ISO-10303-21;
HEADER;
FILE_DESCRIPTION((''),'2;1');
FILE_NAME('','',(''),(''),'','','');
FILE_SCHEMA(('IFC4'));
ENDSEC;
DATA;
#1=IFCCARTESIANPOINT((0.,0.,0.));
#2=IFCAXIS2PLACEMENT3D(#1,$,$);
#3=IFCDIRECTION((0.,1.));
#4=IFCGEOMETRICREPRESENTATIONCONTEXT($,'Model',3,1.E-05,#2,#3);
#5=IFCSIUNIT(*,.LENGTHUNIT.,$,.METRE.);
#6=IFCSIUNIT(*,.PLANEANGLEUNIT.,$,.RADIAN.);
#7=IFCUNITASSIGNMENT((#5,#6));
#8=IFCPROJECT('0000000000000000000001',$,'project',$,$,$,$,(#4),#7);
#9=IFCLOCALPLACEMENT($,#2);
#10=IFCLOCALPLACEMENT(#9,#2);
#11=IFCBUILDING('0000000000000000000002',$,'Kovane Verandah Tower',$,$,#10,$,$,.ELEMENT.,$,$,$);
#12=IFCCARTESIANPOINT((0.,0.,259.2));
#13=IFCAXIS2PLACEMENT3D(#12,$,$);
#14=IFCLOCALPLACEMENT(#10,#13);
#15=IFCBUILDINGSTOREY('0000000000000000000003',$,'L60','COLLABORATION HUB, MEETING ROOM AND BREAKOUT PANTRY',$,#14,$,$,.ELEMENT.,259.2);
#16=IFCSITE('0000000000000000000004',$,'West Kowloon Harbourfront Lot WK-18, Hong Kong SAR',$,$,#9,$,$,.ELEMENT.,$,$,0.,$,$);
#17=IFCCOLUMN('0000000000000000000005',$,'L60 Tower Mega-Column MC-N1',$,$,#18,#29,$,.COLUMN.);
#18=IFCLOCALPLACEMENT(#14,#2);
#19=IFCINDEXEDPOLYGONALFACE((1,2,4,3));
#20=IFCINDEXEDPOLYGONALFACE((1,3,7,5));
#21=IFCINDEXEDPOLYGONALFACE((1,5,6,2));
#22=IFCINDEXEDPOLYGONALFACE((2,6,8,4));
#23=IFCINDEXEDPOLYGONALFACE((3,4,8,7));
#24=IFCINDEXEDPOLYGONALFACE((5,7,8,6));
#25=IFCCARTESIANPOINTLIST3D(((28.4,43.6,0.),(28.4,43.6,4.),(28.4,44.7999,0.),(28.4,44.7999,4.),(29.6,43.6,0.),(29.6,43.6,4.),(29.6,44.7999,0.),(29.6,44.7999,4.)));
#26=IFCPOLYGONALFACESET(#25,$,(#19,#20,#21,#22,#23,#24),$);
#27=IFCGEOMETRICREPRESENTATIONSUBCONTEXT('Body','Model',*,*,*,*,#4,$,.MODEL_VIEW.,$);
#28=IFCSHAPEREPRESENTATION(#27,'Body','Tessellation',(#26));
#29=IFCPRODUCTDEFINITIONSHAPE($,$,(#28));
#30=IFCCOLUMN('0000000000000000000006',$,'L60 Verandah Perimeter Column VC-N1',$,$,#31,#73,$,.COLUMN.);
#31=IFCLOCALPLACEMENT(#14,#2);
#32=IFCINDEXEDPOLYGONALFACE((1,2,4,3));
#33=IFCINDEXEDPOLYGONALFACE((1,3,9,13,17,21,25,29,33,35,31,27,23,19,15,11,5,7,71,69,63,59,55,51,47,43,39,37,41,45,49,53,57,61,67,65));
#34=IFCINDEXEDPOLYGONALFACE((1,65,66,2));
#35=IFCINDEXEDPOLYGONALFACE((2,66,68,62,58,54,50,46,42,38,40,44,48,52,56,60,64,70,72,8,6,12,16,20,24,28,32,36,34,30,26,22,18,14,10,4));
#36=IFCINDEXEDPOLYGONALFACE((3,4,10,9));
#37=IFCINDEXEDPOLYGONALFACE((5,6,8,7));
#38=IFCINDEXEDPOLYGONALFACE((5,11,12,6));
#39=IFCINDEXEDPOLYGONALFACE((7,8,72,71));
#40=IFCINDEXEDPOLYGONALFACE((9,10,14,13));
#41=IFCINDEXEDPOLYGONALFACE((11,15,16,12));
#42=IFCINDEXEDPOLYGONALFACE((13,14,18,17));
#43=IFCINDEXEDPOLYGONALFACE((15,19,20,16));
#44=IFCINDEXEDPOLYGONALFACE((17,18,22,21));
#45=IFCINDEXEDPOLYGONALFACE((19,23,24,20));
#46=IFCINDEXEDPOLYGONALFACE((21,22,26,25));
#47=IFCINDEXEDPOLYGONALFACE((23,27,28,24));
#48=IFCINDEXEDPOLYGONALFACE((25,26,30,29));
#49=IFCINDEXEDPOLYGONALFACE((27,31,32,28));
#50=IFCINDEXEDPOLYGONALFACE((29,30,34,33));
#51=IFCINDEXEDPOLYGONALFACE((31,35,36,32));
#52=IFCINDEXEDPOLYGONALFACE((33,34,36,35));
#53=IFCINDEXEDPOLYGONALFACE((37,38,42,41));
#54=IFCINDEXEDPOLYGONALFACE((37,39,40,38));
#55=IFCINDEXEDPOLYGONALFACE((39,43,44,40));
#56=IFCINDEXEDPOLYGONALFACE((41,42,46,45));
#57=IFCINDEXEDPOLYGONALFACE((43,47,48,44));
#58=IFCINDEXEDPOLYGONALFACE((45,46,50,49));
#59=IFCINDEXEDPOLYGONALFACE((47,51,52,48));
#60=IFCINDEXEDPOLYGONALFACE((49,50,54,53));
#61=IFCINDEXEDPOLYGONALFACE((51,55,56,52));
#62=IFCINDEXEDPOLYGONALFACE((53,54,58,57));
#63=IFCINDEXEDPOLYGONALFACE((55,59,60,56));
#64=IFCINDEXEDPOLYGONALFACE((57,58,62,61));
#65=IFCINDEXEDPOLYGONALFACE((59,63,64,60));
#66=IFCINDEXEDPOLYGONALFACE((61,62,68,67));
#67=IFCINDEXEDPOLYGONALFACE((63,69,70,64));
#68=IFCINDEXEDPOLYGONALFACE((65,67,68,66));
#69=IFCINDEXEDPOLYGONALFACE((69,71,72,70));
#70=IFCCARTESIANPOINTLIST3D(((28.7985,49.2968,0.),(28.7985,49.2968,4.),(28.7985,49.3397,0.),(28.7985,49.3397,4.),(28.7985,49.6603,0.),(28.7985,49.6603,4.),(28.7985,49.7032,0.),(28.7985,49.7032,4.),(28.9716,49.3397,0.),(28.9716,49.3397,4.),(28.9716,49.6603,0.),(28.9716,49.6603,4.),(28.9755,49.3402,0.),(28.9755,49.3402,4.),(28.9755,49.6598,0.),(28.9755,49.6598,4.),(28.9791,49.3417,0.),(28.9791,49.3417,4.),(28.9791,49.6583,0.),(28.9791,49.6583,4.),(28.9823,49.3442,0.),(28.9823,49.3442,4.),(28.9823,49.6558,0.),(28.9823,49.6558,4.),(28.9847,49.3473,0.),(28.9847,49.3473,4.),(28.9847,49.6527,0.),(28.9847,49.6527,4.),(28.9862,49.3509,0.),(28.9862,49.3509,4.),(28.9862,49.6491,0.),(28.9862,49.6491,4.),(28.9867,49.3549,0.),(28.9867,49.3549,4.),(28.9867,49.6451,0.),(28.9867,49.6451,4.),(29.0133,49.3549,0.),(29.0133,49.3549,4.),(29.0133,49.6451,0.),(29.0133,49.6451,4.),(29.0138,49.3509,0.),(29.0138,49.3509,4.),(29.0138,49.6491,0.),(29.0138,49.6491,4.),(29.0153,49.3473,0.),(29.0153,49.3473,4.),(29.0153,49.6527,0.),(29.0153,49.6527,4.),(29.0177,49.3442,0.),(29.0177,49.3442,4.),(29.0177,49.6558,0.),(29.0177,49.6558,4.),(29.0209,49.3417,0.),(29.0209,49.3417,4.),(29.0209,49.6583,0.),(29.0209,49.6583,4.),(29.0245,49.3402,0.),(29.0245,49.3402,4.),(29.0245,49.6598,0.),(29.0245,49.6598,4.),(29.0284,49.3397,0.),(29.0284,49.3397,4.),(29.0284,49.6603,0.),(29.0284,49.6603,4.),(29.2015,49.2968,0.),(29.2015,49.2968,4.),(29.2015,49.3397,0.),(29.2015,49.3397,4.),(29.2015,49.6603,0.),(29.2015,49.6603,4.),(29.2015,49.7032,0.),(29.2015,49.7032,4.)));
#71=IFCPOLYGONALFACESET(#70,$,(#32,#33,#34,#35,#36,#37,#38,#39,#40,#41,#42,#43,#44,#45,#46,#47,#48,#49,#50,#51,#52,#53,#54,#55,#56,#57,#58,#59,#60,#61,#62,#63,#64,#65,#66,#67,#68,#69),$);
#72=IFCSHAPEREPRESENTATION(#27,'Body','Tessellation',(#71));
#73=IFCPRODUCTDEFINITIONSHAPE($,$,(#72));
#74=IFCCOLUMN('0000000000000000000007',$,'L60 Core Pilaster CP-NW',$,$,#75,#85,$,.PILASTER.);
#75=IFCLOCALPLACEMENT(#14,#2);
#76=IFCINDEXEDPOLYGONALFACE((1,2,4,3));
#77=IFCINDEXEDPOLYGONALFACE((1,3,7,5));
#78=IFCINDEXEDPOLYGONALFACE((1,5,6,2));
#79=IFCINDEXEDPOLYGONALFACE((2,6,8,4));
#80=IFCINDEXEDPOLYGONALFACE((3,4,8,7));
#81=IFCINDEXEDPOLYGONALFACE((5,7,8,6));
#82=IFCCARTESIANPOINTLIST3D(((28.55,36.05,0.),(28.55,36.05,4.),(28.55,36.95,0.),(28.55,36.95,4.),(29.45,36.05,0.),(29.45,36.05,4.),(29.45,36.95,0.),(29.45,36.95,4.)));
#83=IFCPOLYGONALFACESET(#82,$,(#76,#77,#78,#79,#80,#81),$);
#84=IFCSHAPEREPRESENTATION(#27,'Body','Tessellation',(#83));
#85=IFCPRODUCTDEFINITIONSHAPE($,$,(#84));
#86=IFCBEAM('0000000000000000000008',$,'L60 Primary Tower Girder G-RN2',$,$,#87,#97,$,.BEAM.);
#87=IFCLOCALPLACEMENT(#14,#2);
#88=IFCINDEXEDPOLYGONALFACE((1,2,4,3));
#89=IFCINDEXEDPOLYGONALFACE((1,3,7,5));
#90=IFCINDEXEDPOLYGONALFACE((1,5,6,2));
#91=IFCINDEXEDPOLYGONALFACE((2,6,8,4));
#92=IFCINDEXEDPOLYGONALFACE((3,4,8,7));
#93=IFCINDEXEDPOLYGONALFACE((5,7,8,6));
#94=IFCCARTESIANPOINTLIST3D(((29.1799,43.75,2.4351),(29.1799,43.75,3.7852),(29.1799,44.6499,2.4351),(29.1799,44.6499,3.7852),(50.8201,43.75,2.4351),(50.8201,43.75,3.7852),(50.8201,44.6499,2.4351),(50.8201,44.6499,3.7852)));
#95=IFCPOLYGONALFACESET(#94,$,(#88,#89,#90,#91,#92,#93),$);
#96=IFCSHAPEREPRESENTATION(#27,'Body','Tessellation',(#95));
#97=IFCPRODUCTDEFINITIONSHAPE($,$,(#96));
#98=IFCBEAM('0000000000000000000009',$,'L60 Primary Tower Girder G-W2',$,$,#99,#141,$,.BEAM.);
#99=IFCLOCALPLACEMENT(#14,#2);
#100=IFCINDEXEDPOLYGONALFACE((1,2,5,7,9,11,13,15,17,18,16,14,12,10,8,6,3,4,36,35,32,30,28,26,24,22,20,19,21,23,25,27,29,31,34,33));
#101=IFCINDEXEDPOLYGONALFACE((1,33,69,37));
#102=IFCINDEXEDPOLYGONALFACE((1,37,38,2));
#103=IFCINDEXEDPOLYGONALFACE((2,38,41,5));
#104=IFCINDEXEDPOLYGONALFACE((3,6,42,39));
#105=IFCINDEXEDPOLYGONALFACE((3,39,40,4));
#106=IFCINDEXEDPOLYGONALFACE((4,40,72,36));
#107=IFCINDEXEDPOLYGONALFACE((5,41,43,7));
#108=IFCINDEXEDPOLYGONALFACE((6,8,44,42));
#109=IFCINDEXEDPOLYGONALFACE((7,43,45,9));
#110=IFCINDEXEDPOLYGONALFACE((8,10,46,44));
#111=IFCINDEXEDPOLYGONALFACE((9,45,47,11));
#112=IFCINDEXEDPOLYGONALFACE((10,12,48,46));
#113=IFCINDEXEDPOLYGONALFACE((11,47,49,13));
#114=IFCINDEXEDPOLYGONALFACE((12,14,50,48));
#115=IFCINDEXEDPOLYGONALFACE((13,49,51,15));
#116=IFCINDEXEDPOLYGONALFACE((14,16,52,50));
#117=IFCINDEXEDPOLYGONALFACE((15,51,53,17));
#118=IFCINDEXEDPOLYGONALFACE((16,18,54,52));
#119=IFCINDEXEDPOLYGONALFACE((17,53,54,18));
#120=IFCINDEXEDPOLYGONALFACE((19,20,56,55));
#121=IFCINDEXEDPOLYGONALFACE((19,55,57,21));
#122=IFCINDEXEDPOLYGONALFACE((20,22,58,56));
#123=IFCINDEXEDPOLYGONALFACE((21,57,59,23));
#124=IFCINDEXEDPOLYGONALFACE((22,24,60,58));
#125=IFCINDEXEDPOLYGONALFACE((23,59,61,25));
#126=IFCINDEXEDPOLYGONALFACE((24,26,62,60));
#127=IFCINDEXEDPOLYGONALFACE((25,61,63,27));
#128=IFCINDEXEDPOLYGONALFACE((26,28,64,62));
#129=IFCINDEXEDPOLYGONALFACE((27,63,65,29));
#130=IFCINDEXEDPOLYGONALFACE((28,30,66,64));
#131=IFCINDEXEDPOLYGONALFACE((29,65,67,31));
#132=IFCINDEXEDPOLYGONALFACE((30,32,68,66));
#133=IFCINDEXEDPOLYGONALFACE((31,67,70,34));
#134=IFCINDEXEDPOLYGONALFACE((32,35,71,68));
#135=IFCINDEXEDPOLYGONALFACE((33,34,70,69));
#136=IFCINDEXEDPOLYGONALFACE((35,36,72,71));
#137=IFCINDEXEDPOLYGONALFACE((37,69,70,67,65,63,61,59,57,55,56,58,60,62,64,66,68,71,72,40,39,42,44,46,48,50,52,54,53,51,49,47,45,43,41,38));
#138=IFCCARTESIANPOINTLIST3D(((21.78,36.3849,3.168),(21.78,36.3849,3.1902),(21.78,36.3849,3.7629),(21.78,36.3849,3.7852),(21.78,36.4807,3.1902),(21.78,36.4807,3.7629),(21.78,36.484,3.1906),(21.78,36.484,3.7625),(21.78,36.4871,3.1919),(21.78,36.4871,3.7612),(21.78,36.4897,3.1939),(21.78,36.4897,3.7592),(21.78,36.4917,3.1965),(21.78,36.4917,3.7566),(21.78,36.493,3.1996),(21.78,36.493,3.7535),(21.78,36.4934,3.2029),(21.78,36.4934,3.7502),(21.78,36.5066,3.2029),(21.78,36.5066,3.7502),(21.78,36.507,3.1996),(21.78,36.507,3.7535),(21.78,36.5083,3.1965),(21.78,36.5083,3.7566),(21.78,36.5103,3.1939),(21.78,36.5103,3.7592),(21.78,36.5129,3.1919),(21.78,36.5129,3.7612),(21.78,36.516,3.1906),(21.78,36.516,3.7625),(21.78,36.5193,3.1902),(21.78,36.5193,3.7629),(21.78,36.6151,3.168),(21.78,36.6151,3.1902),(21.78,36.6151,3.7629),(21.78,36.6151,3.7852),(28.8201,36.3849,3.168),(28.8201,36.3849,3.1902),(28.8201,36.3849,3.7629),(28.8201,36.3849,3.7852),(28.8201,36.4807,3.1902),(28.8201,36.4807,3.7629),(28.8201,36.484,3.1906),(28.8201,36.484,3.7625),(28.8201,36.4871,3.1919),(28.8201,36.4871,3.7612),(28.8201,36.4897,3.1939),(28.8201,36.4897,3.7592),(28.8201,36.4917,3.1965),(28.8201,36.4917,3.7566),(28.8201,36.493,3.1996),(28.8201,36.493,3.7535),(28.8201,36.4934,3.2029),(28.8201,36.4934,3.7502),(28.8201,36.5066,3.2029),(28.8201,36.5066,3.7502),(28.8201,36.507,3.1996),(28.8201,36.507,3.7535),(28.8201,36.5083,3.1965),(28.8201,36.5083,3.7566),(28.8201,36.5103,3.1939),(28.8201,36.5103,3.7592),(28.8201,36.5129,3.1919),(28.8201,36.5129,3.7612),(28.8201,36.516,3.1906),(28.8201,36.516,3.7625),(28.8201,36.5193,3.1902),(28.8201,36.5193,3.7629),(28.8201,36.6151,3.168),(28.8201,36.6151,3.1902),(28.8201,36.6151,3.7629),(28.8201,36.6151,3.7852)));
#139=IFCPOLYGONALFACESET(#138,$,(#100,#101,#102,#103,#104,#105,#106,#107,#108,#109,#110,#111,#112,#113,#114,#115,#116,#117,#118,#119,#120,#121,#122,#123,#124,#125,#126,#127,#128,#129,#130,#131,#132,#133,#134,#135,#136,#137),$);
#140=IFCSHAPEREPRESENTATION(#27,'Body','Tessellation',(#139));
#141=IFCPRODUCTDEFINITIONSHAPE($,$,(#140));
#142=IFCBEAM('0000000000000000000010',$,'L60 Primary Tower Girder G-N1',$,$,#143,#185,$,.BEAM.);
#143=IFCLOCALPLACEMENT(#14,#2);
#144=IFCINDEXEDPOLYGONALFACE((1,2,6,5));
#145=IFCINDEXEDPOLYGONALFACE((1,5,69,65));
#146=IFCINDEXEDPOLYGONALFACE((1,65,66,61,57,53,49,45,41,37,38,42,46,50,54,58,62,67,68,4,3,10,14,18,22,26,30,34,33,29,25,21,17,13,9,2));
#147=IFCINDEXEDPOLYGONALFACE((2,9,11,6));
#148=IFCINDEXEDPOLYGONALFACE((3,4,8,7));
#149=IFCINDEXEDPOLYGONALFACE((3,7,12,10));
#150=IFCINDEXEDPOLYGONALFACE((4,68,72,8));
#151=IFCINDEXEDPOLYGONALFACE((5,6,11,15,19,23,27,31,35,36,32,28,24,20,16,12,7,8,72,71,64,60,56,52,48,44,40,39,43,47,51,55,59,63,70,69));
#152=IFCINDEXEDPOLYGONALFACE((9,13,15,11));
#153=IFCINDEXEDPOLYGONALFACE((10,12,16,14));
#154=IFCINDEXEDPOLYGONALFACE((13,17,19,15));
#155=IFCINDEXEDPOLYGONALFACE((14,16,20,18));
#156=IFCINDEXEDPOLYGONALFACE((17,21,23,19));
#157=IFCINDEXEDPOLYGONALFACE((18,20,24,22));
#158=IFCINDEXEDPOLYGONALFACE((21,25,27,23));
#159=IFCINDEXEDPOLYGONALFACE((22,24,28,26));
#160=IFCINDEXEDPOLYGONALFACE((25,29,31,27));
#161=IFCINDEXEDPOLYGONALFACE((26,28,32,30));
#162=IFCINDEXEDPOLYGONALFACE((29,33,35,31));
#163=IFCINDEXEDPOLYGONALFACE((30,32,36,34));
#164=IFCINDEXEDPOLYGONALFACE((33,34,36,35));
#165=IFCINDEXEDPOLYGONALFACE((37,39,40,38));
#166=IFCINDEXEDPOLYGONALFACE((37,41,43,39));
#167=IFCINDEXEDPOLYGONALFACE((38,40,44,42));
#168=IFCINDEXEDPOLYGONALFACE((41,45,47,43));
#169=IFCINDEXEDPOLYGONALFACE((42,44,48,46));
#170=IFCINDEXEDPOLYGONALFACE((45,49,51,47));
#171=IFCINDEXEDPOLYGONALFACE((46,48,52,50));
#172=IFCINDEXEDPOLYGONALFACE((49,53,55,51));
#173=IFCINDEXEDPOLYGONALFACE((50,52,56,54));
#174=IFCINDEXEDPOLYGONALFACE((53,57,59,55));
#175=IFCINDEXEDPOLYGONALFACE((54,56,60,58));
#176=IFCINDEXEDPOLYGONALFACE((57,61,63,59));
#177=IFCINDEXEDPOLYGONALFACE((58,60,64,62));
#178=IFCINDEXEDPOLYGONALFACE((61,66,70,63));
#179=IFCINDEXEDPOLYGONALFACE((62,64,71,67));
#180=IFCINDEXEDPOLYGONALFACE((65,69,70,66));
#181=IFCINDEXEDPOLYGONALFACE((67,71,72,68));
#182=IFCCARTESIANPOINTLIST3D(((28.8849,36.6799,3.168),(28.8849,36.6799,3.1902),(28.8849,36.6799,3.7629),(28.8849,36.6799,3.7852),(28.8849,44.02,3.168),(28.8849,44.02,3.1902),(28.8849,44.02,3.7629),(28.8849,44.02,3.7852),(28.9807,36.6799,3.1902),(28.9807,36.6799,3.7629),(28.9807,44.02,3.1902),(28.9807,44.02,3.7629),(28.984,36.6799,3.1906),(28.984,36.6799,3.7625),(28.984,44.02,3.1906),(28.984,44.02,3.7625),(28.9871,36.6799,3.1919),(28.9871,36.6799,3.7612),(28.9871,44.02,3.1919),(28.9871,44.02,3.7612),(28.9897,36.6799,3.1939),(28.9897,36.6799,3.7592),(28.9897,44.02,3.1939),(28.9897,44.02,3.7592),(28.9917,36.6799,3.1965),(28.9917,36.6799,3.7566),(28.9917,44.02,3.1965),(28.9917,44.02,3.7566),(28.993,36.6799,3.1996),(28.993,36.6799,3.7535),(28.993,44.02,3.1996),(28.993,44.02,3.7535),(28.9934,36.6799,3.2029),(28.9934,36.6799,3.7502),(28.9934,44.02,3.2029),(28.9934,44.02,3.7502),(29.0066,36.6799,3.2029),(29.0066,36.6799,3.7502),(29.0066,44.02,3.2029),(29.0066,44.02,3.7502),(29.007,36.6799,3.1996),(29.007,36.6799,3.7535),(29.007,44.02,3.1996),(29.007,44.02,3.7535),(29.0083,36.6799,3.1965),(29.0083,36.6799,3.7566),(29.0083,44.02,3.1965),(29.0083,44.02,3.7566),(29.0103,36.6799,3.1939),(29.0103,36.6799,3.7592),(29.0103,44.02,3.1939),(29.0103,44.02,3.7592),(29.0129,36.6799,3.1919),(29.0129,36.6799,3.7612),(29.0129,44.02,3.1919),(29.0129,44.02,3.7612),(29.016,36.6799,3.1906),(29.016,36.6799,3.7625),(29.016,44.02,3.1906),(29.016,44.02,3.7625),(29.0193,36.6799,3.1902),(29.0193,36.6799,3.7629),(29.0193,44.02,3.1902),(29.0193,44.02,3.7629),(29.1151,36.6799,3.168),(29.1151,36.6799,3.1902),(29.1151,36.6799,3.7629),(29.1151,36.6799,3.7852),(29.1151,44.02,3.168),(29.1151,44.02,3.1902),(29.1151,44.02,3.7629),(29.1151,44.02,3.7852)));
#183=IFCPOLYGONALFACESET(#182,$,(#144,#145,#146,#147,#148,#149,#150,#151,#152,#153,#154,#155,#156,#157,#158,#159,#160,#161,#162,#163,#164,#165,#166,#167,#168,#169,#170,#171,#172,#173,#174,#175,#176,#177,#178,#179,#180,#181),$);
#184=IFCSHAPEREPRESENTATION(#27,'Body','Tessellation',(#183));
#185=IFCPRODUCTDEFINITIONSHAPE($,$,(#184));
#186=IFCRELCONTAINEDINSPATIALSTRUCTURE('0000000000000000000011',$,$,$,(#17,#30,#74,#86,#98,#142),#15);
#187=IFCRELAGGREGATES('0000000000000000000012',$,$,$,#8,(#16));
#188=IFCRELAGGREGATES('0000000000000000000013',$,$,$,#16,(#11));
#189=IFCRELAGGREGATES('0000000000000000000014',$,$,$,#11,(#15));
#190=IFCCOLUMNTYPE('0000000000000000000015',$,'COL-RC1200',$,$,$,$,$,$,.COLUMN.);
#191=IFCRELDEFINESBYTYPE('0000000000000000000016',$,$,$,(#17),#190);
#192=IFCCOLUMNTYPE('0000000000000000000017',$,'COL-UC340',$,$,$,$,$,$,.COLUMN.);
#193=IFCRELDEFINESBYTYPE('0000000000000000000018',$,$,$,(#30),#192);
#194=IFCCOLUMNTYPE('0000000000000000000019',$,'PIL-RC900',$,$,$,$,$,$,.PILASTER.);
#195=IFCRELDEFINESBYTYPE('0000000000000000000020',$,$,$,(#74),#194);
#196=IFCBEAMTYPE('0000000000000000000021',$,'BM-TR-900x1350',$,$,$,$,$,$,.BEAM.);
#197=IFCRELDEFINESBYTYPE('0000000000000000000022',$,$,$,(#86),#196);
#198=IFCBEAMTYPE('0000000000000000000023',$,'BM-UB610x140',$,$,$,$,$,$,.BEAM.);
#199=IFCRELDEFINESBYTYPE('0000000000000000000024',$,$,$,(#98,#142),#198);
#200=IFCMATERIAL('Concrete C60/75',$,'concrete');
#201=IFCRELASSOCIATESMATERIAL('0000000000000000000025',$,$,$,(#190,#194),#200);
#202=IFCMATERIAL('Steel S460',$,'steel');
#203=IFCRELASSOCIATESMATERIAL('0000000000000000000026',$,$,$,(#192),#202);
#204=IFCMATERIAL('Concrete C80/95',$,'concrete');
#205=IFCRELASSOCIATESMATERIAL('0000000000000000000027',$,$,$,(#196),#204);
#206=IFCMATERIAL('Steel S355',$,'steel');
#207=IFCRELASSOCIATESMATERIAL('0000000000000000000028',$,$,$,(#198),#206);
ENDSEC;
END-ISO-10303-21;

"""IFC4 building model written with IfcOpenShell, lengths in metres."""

from ifc_helpers import new_model, si_unit, direction, frame, origin, origin_2d, place, context, subcontext, project, spatial, rectangle, i_section, extrude, material, material_profile, profile_set, type_object, element, save


model = new_model("IFC4")

# Units and contexts
model_context = context("Model", 3, precision=1e-05, world=origin(), true_north=direction((0.0, 1.0)))
body_context = subcontext(model_context, "Body", "Model", "MODEL_VIEW")
ifc_project = project(units=[si_unit("LENGTHUNIT", "METRE"), si_unit("PLANEANGLEUNIT", "RADIAN")], contexts=[model_context])

# Site, building, storey
site_placement = place(None, origin())
site = spatial("IfcSite", under=ifc_project, at=site_placement, Name="West Kowloon Harbourfront Lot WK-18, Hong Kong SAR", CompositionType="ELEMENT", RefElevation=0.0)
building_placement = place(site_placement, origin())
building = spatial("IfcBuilding", under=site, at=building_placement, Name="Kovane Verandah Tower", CompositionType="ELEMENT")
storey_placement = place(building_placement, frame((0.0, 0.0, 259.2)))
storey = spatial("IfcBuildingStorey", under=building, at=storey_placement, Name="L60", Description="COLLABORATION HUB, MEETING ROOM AND BREAKOUT PANTRY", CompositionType="ELEMENT", Elevation=259.2)

# Columns
ifc_material_1 = material(Name="Concrete C60/75", Category="concrete")
ifc_material_profile_1 = material_profile(ifc_material_1, rectangle(XDim=1.2, YDim=1.2, at=origin_2d()), Name="RC1200x1200")
ifc_profile_set_1 = profile_set([ifc_material_profile_1], Name="Concrete C60/75")
column_type_1 = type_object("IfcColumnType", Name="COL-RC1200", PredefinedType="COLUMN", material=ifc_profile_set_1)
column_1_placement = place(storey_placement, frame((29.0, 44.2, 0.0), z_axis=(0.0, 0.0, 1.0), x_axis=(1.0, 0.0, 0.0)))
element("IfcColumn", 1, at=column_1_placement, inside=storey, type_object=column_type_1, Name="L60 Tower Mega-Column MC-N1", PredefinedType="COLUMN", context=body_context, shape_type="SweptSolid", body=[
    extrude(rectangle(XDim=1.2, YDim=1.2, at=origin_2d()), origin(), (0.0, 0.0, 1.0), 4.0),
])
ifc_material_2 = material(Name="Steel S460", Category="steel")
ifc_material_profile_2 = material_profile(ifc_material_2, i_section(OverallWidth=0.4031, OverallDepth=0.4065, WebThickness=0.0266, FlangeThickness=0.043, FilletRadius=0.0151, at=origin_2d()), Name="UC356x406x340")
ifc_profile_set_2 = profile_set([ifc_material_profile_2], Name="Steel S460")
column_type_2 = type_object("IfcColumnType", Name="COL-UC340", PredefinedType="COLUMN", material=ifc_profile_set_2)
column_2_placement = place(storey_placement, frame((29.0, 49.5, 0.0), z_axis=(0.0, 0.0, 1.0), x_axis=(1.0, 0.0, 0.0)))
element("IfcColumn", 2, at=column_2_placement, inside=storey, type_object=column_type_2, Name="L60 Verandah Perimeter Column VC-N1", PredefinedType="COLUMN", context=body_context, shape_type="SweptSolid", body=[
    extrude(i_section(OverallWidth=0.4031, OverallDepth=0.4065, WebThickness=0.0266, FlangeThickness=0.043, FilletRadius=0.0151, at=origin_2d()), origin(), (0.0, 0.0, 1.0), 4.0),
])
ifc_material_profile_3 = material_profile(ifc_material_1, rectangle(XDim=0.8999, YDim=0.8999, at=origin_2d()), Name="RC900x900")
ifc_profile_set_3 = profile_set([ifc_material_profile_3], Name="Concrete C60/75")
column_type_3 = type_object("IfcColumnType", Name="PIL-RC900", PredefinedType="PILASTER", material=ifc_profile_set_3)
column_3_placement = place(storey_placement, frame((29.0, 36.5, 0.0), z_axis=(0.0, 0.0, 1.0), x_axis=(1.0, 0.0, 0.0)))
element("IfcColumn", 3, at=column_3_placement, inside=storey, type_object=column_type_3, Name="L60 Core Pilaster CP-NW", PredefinedType="PILASTER", context=body_context, shape_type="SweptSolid", body=[
    extrude(rectangle(XDim=0.8999, YDim=0.8999, at=origin_2d()), origin(), (0.0, 0.0, 1.0), 4.0),
])

# Beams
ifc_material_3 = material(Name="Concrete C80/95", Category="concrete")
ifc_material_profile_4 = material_profile(ifc_material_3, rectangle(XDim=0.8999, YDim=1.3501, at=origin_2d()), Name="RCB900x1350")
ifc_profile_set_4 = profile_set([ifc_material_profile_4], Name="Concrete C80/95")
beam_type_1 = type_object("IfcBeamType", Name="BM-TR-900x1350", PredefinedType="BEAM", material=ifc_profile_set_4)
beam_1_placement = place(storey_placement, frame((29.1799, 44.2, 3.1101), z_axis=(1.0, 0.0, 0.0), x_axis=(0.0, 1.0, 0.0)))
element("IfcBeam", 4, at=beam_1_placement, inside=storey, type_object=beam_type_1, Name="L60 Primary Tower Girder G-RN2", PredefinedType="BEAM", context=body_context, shape_type="SweptSolid", body=[
    extrude(rectangle(XDim=0.8999, YDim=1.3501, at=origin_2d()), origin(), (0.0, 0.0, 1.0), 21.6401),
])
ifc_material_4 = material(Name="Steel S355", Category="steel")
ifc_material_profile_5 = material_profile(ifc_material_4, i_section(OverallWidth=0.2302, OverallDepth=0.6172, WebThickness=0.0132, FlangeThickness=0.0222, FilletRadius=0.0127, at=origin_2d()), Name="UB610x229x140")
ifc_profile_set_5 = profile_set([ifc_material_profile_5], Name="Steel S355")
beam_type_2 = type_object("IfcBeamType", Name="BM-UB610x140", PredefinedType="BEAM", material=ifc_profile_set_5)
beam_2_placement = place(storey_placement, frame((28.8201, 36.5, 3.4766), z_axis=(-1.0, 0.0, 0.0), x_axis=(0.0, -1.0, 0.0)))
element("IfcBeam", 5, at=beam_2_placement, inside=storey, type_object=beam_type_2, Name="L60 Primary Tower Girder G-W2", PredefinedType="BEAM", context=body_context, shape_type="SweptSolid", body=[
    extrude(i_section(OverallWidth=0.2302, OverallDepth=0.6172, WebThickness=0.0132, FlangeThickness=0.0222, FilletRadius=0.0127, at=origin_2d()), origin(), (0.0, 0.0, 1.0), 7.04),
])
beam_3_placement = place(storey_placement, frame((29.0, 36.6799, 3.4766), z_axis=(0.0, 1.0, 0.0), x_axis=(-1.0, 0.0, 0.0)))
element("IfcBeam", 6, at=beam_3_placement, inside=storey, type_object=beam_type_2, Name="L60 Primary Tower Girder G-N1", PredefinedType="BEAM", context=body_context, shape_type="SweptSolid", body=[
    extrude(i_section(OverallWidth=0.2302, OverallDepth=0.6172, WebThickness=0.0132, FlangeThickness=0.0222, FilletRadius=0.0127, at=origin_2d()), origin(), (0.0, 0.0, 1.0), 7.3401),
])

save(model, "model.ifc")
